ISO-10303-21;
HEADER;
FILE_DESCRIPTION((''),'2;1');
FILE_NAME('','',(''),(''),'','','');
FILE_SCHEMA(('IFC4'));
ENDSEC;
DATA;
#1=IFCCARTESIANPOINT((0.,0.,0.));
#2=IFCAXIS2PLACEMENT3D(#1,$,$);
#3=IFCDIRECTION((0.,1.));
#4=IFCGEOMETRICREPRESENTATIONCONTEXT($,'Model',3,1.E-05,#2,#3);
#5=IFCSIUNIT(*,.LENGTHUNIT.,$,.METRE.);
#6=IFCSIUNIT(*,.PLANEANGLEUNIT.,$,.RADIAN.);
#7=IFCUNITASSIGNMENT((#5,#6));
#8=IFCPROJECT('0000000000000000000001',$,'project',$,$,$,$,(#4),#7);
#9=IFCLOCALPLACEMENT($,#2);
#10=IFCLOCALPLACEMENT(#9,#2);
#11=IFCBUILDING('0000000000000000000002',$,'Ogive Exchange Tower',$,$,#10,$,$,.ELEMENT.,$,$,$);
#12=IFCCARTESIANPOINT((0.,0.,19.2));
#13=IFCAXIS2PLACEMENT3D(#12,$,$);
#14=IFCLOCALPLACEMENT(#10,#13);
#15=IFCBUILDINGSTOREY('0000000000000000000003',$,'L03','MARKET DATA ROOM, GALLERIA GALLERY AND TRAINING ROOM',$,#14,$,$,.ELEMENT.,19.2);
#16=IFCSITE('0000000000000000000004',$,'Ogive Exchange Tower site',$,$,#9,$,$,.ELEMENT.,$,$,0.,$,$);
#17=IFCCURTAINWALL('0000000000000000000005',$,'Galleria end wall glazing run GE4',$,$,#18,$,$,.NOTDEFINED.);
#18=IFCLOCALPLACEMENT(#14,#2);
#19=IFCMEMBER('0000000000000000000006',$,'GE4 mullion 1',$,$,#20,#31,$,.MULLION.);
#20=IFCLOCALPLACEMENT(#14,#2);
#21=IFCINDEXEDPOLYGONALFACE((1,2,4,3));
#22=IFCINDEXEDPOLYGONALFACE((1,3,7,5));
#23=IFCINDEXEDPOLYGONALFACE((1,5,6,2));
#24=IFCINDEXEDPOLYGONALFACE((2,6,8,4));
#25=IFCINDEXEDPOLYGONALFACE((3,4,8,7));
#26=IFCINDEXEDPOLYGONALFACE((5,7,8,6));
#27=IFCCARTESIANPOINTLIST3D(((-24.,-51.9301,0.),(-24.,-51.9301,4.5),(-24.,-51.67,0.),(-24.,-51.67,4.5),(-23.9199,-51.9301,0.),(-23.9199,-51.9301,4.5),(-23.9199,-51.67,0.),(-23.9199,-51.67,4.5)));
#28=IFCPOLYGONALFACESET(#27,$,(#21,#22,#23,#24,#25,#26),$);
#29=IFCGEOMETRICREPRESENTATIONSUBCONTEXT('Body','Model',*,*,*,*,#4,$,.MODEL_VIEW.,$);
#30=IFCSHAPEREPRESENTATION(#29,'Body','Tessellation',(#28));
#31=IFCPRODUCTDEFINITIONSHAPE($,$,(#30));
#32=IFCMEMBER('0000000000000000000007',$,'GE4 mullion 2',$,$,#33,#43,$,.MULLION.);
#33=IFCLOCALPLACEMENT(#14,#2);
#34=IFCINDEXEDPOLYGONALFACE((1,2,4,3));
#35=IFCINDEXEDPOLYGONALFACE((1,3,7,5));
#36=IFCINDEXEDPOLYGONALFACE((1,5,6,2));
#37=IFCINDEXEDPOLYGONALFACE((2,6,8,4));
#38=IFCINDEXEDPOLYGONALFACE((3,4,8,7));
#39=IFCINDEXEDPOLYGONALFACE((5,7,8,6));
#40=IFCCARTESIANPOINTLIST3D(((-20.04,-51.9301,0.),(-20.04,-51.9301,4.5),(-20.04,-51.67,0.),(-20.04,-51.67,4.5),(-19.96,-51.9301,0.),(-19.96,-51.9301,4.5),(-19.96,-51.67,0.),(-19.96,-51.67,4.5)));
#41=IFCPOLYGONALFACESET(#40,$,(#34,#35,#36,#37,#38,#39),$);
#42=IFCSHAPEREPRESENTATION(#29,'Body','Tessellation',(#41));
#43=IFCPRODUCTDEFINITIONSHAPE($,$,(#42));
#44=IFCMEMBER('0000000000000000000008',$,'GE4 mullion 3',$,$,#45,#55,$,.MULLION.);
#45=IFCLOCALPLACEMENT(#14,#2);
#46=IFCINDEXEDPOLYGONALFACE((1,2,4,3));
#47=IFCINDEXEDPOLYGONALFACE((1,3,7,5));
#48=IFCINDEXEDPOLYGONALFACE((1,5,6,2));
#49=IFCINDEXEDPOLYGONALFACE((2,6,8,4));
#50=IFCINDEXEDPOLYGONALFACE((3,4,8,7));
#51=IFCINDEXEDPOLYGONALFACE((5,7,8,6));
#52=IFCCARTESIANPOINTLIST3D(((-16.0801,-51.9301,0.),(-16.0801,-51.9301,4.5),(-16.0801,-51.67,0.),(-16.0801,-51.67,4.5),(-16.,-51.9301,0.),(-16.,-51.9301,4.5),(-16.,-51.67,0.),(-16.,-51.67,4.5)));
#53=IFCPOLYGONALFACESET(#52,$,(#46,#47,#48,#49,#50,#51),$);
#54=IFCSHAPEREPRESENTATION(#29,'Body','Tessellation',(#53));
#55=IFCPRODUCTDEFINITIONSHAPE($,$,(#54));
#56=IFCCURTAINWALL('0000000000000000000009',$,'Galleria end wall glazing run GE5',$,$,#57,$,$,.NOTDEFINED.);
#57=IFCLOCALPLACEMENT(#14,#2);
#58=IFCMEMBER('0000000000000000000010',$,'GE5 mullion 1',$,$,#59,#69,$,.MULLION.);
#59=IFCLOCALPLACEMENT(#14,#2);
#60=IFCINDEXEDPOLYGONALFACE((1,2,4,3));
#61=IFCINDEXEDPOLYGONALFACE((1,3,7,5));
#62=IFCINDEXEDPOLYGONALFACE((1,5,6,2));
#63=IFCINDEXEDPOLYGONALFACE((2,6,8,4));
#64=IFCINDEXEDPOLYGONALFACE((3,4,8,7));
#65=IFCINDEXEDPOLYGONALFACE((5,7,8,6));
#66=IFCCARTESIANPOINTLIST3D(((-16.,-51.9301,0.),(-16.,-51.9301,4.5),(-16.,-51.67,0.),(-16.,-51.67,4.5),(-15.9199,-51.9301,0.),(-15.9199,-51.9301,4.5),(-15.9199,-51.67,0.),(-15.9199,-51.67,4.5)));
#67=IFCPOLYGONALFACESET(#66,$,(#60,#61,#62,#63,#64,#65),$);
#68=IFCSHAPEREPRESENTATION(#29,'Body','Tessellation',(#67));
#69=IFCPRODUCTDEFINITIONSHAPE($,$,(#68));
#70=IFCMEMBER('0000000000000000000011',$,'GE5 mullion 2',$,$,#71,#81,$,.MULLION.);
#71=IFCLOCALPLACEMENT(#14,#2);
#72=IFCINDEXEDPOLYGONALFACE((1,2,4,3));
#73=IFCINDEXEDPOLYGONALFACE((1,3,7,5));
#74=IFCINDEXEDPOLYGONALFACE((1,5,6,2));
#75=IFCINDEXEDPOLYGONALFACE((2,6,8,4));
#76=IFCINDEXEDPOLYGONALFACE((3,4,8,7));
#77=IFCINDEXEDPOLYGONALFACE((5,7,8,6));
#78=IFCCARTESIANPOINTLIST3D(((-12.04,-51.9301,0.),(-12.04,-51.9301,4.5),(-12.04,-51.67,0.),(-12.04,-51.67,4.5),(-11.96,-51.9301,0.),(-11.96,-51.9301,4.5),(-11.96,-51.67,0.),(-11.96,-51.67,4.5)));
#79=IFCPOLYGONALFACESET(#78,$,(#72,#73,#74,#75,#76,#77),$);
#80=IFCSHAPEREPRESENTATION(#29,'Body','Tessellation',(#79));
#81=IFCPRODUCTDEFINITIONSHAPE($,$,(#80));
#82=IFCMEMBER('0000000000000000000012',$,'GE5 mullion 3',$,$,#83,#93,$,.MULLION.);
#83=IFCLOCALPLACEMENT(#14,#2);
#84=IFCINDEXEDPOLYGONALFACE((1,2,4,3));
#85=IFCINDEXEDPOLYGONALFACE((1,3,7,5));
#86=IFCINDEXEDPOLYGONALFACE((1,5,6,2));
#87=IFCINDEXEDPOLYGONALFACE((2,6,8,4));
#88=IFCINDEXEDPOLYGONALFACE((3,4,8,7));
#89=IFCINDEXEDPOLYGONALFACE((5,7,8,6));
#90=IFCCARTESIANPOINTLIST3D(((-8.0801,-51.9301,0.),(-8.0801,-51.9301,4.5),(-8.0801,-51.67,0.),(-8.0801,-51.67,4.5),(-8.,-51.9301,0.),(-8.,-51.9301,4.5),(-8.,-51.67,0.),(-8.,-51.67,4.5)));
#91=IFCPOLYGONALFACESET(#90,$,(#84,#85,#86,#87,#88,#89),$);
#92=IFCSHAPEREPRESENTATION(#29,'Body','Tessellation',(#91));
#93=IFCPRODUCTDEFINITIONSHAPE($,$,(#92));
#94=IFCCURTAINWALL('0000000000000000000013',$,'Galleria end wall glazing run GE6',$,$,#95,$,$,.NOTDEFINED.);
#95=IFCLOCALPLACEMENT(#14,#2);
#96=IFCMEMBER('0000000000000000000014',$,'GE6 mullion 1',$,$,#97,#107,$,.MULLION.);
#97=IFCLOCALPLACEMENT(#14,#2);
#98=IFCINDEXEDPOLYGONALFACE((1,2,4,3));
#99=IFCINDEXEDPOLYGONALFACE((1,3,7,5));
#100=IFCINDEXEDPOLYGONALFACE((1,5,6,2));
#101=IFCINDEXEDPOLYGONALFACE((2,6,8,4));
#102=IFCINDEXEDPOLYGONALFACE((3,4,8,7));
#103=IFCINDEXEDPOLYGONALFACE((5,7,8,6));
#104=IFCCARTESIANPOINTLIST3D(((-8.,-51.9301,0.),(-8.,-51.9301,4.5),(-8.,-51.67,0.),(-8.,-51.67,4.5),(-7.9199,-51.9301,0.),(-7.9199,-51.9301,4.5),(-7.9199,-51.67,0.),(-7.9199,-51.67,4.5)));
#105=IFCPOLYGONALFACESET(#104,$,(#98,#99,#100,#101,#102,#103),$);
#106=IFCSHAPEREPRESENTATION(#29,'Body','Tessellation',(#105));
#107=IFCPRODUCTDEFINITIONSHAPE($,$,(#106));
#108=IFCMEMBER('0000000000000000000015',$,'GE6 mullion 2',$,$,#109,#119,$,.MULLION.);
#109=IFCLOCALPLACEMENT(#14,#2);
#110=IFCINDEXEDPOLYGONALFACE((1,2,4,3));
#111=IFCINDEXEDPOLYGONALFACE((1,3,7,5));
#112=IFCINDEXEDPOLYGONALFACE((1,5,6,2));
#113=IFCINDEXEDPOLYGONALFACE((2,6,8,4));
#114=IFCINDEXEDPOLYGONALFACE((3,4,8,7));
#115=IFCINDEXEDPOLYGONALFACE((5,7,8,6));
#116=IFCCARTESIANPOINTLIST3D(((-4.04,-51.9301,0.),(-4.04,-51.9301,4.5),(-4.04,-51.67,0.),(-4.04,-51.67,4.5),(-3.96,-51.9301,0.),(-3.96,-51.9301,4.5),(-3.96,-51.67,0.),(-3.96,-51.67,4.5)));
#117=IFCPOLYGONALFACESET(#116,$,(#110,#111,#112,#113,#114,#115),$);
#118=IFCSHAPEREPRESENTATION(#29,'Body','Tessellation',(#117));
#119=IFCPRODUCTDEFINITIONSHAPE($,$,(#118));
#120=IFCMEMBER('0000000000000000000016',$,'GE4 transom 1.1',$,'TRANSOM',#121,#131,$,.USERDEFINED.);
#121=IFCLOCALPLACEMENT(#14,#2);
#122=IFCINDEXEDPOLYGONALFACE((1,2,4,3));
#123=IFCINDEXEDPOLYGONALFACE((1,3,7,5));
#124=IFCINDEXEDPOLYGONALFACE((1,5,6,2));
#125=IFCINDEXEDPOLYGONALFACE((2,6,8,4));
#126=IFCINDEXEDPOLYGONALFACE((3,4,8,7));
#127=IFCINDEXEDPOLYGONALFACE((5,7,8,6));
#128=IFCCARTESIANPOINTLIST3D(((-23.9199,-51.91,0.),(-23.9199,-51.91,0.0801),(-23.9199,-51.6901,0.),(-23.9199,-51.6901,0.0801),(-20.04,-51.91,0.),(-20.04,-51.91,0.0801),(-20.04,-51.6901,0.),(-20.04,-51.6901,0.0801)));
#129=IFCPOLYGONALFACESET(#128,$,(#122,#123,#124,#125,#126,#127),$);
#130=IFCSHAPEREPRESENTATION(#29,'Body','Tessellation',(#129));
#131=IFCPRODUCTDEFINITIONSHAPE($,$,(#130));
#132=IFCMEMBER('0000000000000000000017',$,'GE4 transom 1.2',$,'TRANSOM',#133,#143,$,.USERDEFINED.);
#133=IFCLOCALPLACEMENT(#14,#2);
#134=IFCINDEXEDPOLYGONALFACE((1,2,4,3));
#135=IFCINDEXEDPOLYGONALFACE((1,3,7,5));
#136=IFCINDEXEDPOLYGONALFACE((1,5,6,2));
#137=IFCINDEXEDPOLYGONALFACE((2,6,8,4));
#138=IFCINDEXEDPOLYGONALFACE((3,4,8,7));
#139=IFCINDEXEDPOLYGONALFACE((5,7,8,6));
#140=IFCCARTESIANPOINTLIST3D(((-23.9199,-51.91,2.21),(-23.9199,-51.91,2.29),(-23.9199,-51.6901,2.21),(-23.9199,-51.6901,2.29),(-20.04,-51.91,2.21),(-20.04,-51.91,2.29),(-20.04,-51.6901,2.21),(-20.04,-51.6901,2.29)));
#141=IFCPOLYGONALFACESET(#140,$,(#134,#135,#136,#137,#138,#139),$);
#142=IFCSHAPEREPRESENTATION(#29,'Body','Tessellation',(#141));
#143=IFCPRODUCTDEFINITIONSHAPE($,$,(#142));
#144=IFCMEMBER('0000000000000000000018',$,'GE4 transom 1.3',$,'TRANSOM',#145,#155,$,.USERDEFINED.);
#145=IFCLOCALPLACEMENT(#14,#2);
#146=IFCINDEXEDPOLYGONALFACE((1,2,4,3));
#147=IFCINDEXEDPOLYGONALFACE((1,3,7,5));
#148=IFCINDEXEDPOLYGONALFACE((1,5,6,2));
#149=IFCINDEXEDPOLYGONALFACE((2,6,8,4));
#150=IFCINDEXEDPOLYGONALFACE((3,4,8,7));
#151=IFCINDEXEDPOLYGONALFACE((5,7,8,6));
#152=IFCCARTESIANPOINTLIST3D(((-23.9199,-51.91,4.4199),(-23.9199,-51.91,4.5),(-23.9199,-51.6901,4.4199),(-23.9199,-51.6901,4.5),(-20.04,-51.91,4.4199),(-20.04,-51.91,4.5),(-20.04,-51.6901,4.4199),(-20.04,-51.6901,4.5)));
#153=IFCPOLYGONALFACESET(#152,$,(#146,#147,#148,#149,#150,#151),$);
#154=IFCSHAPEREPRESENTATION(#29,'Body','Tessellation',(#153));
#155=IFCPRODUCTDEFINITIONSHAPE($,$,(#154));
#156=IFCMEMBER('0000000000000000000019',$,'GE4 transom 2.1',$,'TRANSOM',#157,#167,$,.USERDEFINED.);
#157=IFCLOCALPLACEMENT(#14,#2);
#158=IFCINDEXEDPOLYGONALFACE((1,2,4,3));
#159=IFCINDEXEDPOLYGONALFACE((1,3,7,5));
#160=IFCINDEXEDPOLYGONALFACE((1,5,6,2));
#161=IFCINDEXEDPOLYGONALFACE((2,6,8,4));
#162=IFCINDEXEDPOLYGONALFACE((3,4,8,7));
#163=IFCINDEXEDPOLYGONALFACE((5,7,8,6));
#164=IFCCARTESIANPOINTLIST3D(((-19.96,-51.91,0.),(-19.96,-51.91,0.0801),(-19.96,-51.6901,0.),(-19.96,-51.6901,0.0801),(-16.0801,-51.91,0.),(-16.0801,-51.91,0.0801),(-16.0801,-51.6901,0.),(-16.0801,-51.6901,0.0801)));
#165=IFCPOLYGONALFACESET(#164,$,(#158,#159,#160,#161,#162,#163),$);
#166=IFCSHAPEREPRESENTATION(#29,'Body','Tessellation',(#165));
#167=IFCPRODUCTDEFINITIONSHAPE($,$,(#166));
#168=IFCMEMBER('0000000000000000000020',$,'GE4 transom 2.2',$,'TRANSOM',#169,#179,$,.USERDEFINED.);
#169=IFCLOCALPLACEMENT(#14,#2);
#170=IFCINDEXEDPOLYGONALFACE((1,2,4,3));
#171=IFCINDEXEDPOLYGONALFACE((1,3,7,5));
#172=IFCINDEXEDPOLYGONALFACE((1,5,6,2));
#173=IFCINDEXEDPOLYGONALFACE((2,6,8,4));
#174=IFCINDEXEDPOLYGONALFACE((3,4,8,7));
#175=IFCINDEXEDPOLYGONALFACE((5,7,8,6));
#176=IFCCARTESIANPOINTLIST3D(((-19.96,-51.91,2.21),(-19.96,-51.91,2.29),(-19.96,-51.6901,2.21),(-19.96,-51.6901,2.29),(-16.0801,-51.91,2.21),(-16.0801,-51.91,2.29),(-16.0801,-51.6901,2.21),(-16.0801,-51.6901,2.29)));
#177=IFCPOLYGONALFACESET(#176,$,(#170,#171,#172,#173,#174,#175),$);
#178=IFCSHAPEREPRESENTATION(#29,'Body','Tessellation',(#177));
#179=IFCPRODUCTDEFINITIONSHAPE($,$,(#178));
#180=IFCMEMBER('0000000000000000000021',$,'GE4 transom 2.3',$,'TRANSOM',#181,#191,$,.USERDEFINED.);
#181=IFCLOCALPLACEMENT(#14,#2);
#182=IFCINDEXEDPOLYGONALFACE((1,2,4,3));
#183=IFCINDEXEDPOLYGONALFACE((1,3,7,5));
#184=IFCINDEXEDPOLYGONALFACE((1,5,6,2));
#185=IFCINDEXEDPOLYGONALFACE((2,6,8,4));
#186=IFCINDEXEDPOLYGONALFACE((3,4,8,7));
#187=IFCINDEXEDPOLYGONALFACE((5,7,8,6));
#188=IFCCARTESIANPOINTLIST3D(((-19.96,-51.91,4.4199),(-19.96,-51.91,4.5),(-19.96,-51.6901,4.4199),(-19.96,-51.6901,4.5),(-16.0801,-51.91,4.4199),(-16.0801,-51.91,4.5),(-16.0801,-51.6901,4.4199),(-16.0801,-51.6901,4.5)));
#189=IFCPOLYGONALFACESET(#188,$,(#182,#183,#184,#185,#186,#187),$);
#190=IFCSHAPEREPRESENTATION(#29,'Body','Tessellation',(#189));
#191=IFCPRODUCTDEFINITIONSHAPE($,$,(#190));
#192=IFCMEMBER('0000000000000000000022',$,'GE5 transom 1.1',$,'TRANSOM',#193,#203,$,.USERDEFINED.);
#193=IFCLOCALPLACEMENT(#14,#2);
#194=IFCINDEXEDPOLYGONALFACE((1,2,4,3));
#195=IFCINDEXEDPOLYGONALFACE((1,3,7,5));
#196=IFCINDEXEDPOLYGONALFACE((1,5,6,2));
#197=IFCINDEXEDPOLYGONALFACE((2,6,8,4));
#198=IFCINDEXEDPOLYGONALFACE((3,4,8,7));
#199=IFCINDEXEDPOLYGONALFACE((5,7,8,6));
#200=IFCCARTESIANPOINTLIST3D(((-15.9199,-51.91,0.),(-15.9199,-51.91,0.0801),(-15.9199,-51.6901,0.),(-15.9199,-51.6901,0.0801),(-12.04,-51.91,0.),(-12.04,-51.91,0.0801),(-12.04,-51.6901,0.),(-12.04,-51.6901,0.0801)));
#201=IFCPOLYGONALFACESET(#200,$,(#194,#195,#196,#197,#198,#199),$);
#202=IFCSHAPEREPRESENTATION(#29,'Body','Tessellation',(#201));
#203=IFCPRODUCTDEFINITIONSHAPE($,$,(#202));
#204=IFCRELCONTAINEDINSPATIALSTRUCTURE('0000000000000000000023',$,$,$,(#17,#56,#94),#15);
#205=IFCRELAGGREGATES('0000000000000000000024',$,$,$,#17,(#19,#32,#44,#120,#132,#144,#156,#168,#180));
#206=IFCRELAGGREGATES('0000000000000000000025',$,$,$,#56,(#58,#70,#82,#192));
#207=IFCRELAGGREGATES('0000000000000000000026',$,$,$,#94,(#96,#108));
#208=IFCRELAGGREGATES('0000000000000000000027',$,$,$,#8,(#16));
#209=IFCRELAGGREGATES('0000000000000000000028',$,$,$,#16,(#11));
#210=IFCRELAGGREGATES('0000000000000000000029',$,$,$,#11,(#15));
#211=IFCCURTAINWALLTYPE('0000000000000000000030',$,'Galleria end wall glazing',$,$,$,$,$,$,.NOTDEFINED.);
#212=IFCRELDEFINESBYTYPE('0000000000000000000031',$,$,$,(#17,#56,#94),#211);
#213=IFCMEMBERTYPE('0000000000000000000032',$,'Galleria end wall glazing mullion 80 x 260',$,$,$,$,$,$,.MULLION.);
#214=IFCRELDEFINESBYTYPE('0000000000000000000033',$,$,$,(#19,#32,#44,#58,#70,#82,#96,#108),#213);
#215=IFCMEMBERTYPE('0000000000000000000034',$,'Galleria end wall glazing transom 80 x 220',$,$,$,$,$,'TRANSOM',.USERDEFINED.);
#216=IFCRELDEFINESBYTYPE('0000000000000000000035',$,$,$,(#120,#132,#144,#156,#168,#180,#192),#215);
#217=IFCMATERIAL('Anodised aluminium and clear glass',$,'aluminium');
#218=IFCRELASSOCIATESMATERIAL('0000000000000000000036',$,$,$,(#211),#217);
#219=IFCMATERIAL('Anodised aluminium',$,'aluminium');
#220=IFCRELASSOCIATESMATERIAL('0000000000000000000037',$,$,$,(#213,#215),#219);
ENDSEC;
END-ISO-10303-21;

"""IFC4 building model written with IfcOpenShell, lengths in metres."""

from ifc_helpers import new_model, si_unit, direction, frame, origin, origin_2d, place, context, subcontext, project, spatial, rectangle, extrude, material, material_profile, profile_set, type_object, element, aggregate, save


model = new_model("IFC4")

# Units and contexts
model_context = context("Model", 3, precision=1e-05, world=origin(), true_north=direction((0.0, 1.0)))
body_context = subcontext(model_context, "Body", "Model", "MODEL_VIEW")
ifc_project = project(units=[si_unit("LENGTHUNIT", "METRE"), si_unit("PLANEANGLEUNIT", "RADIAN")], contexts=[model_context])

# Site, building, storey
site_placement = place(None, origin())
site = spatial("IfcSite", under=ifc_project, at=site_placement, Name="Ogive Exchange Tower site", CompositionType="ELEMENT", RefElevation=0.0)
building_placement = place(site_placement, origin())
building = spatial("IfcBuilding", under=site, at=building_placement, Name="Ogive Exchange Tower", CompositionType="ELEMENT")
storey_placement = place(building_placement, frame((0.0, 0.0, 19.2)))
storey = spatial("IfcBuildingStorey", under=building, at=storey_placement, Name="L03", Description="MARKET DATA ROOM, GALLERIA GALLERY AND TRAINING ROOM", CompositionType="ELEMENT", Elevation=19.2)

# Curtain walls, members
ifc_material_1 = material(Name="Anodised aluminium and clear glass", Category="aluminium")
curtain_wall_type = type_object("IfcCurtainWallType", Name="Galleria end wall glazing", PredefinedType="NOTDEFINED", material=ifc_material_1)
curtain_wall_1_placement = place(storey_placement, origin())
curtain_wall_1 = element("IfcCurtainWall", 1, at=curtain_wall_1_placement, inside=storey, type_object=curtain_wall_type, Name="Galleria end wall glazing run GE4", PredefinedType="NOTDEFINED")
ifc_material_2 = material(Name="Anodised aluminium", Category="aluminium")
ifc_material_profile_1 = material_profile(ifc_material_2, rectangle(XDim=0.26, YDim=0.0801, at=origin_2d()), Name="AL 80x260")
ifc_profile_set_1 = profile_set([ifc_material_profile_1], Name="Anodised aluminium")
member_type_1 = type_object("IfcMemberType", Name="Galleria end wall glazing mullion 80 x 260", PredefinedType="MULLION", material=ifc_profile_set_1)
member_1_placement = place(storey_placement, frame((-23.96, -51.8, 0.0), z_axis=(0.0, 0.0, 1.0), x_axis=(0.0, 1.0, 0.0)))
member_1 = element("IfcMember", 2, at=member_1_placement, type_object=member_type_1, Name="GE4 mullion 1", PredefinedType="MULLION", context=body_context, shape_type="SweptSolid", body=[
    extrude(rectangle(XDim=0.26, YDim=0.0801, at=origin_2d()), origin(), (0.0, 0.0, 1.0), 4.5),
])
member_2_placement = place(storey_placement, frame((-20.0, -51.8, 0.0), z_axis=(0.0, 0.0, 1.0), x_axis=(0.0, 1.0, 0.0)))
member_2 = element("IfcMember", 3, at=member_2_placement, type_object=member_type_1, Name="GE4 mullion 2", PredefinedType="MULLION", context=body_context, shape_type="SweptSolid", body=[
    extrude(rectangle(XDim=0.26, YDim=0.0801, at=origin_2d()), origin(), (0.0, 0.0, 1.0), 4.5),
])
member_3_placement = place(storey_placement, frame((-16.04, -51.8, 0.0), z_axis=(0.0, 0.0, 1.0), x_axis=(0.0, 1.0, 0.0)))
member_3 = element("IfcMember", 4, at=member_3_placement, type_object=member_type_1, Name="GE4 mullion 3", PredefinedType="MULLION", context=body_context, shape_type="SweptSolid", body=[
    extrude(rectangle(XDim=0.26, YDim=0.0801, at=origin_2d()), origin(), (0.0, 0.0, 1.0), 4.5),
])
curtain_wall_2_placement = place(storey_placement, origin())
curtain_wall_2 = element("IfcCurtainWall", 5, at=curtain_wall_2_placement, inside=storey, type_object=curtain_wall_type, Name="Galleria end wall glazing run GE5", PredefinedType="NOTDEFINED")
member_4_placement = place(storey_placement, frame((-15.96, -51.8, 0.0), z_axis=(0.0, 0.0, 1.0), x_axis=(0.0, 1.0, 0.0)))
member_4 = element("IfcMember", 6, at=member_4_placement, type_object=member_type_1, Name="GE5 mullion 1", PredefinedType="MULLION", context=body_context, shape_type="SweptSolid", body=[
    extrude(rectangle(XDim=0.26, YDim=0.0801, at=origin_2d()), origin(), (0.0, 0.0, 1.0), 4.5),
])
member_5_placement = place(storey_placement, frame((-12.0, -51.8, 0.0), z_axis=(0.0, 0.0, 1.0), x_axis=(0.0, 1.0, 0.0)))
member_5 = element("IfcMember", 7, at=member_5_placement, type_object=member_type_1, Name="GE5 mullion 2", PredefinedType="MULLION", context=body_context, shape_type="SweptSolid", body=[
    extrude(rectangle(XDim=0.26, YDim=0.0801, at=origin_2d()), origin(), (0.0, 0.0, 1.0), 4.5),
])
member_6_placement = place(storey_placement, frame((-8.04, -51.8, 0.0), z_axis=(0.0, 0.0, 1.0), x_axis=(0.0, 1.0, 0.0)))
member_6 = element("IfcMember", 8, at=member_6_placement, type_object=member_type_1, Name="GE5 mullion 3", PredefinedType="MULLION", context=body_context, shape_type="SweptSolid", body=[
    extrude(rectangle(XDim=0.26, YDim=0.0801, at=origin_2d()), origin(), (0.0, 0.0, 1.0), 4.5),
])
curtain_wall_3_placement = place(storey_placement, origin())
curtain_wall_3 = element("IfcCurtainWall", 9, at=curtain_wall_3_placement, inside=storey, type_object=curtain_wall_type, Name="Galleria end wall glazing run GE6", PredefinedType="NOTDEFINED")
member_7_placement = place(storey_placement, frame((-7.96, -51.8, 0.0), z_axis=(0.0, 0.0, 1.0), x_axis=(0.0, 1.0, 0.0)))
member_7 = element("IfcMember", 10, at=member_7_placement, type_object=member_type_1, Name="GE6 mullion 1", PredefinedType="MULLION", context=body_context, shape_type="SweptSolid", body=[
    extrude(rectangle(XDim=0.26, YDim=0.0801, at=origin_2d()), origin(), (0.0, 0.0, 1.0), 4.5),
])
member_8_placement = place(storey_placement, frame((-4.0, -51.8, 0.0), z_axis=(0.0, 0.0, 1.0), x_axis=(0.0, 1.0, 0.0)))
member_8 = element("IfcMember", 11, at=member_8_placement, type_object=member_type_1, Name="GE6 mullion 2", PredefinedType="MULLION", context=body_context, shape_type="SweptSolid", body=[
    extrude(rectangle(XDim=0.26, YDim=0.0801, at=origin_2d()), origin(), (0.0, 0.0, 1.0), 4.5),
])

# Members
ifc_material_profile_2 = material_profile(ifc_material_2, rectangle(XDim=0.22, YDim=0.0801, at=origin_2d()), Name="AL 80x220")
ifc_profile_set_2 = profile_set([ifc_material_profile_2], Name="Anodised aluminium")
member_type_2 = type_object("IfcMemberType", Name="Galleria end wall glazing transom 80 x 220", ElementType="TRANSOM", PredefinedType="USERDEFINED", material=ifc_profile_set_2)
member_9_placement = place(storey_placement, frame((-23.9199, -51.8, 0.04), z_axis=(1.0, 0.0, 0.0), x_axis=(0.0, 1.0, 0.0)))
member_9 = element("IfcMember", 12, at=member_9_placement, type_object=member_type_2, Name="GE4 transom 1.1", ObjectType="TRANSOM", PredefinedType="USERDEFINED", context=body_context, shape_type="SweptSolid", body=[
    extrude(rectangle(XDim=0.22, YDim=0.0801, at=origin_2d()), origin(), (0.0, 0.0, 1.0), 3.8799),
])
member_10_placement = place(storey_placement, frame((-23.9199, -51.8, 2.25), z_axis=(1.0, 0.0, 0.0), x_axis=(0.0, 1.0, 0.0)))
member_10 = element("IfcMember", 13, at=member_10_placement, type_object=member_type_2, Name="GE4 transom 1.2", ObjectType="TRANSOM", PredefinedType="USERDEFINED", context=body_context, shape_type="SweptSolid", body=[
    extrude(rectangle(XDim=0.22, YDim=0.0801, at=origin_2d()), origin(), (0.0, 0.0, 1.0), 3.8799),
])
member_11_placement = place(storey_placement, frame((-23.9199, -51.8, 4.46), z_axis=(1.0, 0.0, 0.0), x_axis=(0.0, 1.0, 0.0)))
member_11 = element("IfcMember", 14, at=member_11_placement, type_object=member_type_2, Name="GE4 transom 1.3", ObjectType="TRANSOM", PredefinedType="USERDEFINED", context=body_context, shape_type="SweptSolid", body=[
    extrude(rectangle(XDim=0.22, YDim=0.0801, at=origin_2d()), origin(), (0.0, 0.0, 1.0), 3.8799),
])
member_12_placement = place(storey_placement, frame((-19.96, -51.8, 0.04), z_axis=(1.0, 0.0, 0.0), x_axis=(0.0, 1.0, 0.0)))
member_12 = element("IfcMember", 15, at=member_12_placement, type_object=member_type_2, Name="GE4 transom 2.1", ObjectType="TRANSOM", PredefinedType="USERDEFINED", context=body_context, shape_type="SweptSolid", body=[
    extrude(rectangle(XDim=0.22, YDim=0.0801, at=origin_2d()), origin(), (0.0, 0.0, 1.0), 3.8799),
])
member_13_placement = place(storey_placement, frame((-19.96, -51.8, 2.25), z_axis=(1.0, 0.0, 0.0), x_axis=(0.0, 1.0, 0.0)))
member_13 = element("IfcMember", 16, at=member_13_placement, type_object=member_type_2, Name="GE4 transom 2.2", ObjectType="TRANSOM", PredefinedType="USERDEFINED", context=body_context, shape_type="SweptSolid", body=[
    extrude(rectangle(XDim=0.22, YDim=0.0801, at=origin_2d()), origin(), (0.0, 0.0, 1.0), 3.8799),
])
member_14_placement = place(storey_placement, frame((-19.96, -51.8, 4.46), z_axis=(1.0, 0.0, 0.0), x_axis=(0.0, 1.0, 0.0)))
member_14 = element("IfcMember", 17, at=member_14_placement, type_object=member_type_2, Name="GE4 transom 2.3", ObjectType="TRANSOM", PredefinedType="USERDEFINED", context=body_context, shape_type="SweptSolid", body=[
    extrude(rectangle(XDim=0.22, YDim=0.0801, at=origin_2d()), origin(), (0.0, 0.0, 1.0), 3.8799),
])
member_15_placement = place(storey_placement, frame((-15.9199, -51.8, 0.04), z_axis=(1.0, 0.0, 0.0), x_axis=(0.0, 1.0, 0.0)))
member_15 = element("IfcMember", 18, at=member_15_placement, type_object=member_type_2, Name="GE5 transom 1.1", ObjectType="TRANSOM", PredefinedType="USERDEFINED", context=body_context, shape_type="SweptSolid", body=[
    extrude(rectangle(XDim=0.22, YDim=0.0801, at=origin_2d()), origin(), (0.0, 0.0, 1.0), 3.8799),
])

aggregate(curtain_wall_1, [member_1, member_2, member_3, member_9, member_10, member_11, member_12, member_13, member_14])
aggregate(curtain_wall_2, [member_4, member_5, member_6, member_15])
aggregate(curtain_wall_3, [member_7, member_8])

save(model, "model.ifc")
